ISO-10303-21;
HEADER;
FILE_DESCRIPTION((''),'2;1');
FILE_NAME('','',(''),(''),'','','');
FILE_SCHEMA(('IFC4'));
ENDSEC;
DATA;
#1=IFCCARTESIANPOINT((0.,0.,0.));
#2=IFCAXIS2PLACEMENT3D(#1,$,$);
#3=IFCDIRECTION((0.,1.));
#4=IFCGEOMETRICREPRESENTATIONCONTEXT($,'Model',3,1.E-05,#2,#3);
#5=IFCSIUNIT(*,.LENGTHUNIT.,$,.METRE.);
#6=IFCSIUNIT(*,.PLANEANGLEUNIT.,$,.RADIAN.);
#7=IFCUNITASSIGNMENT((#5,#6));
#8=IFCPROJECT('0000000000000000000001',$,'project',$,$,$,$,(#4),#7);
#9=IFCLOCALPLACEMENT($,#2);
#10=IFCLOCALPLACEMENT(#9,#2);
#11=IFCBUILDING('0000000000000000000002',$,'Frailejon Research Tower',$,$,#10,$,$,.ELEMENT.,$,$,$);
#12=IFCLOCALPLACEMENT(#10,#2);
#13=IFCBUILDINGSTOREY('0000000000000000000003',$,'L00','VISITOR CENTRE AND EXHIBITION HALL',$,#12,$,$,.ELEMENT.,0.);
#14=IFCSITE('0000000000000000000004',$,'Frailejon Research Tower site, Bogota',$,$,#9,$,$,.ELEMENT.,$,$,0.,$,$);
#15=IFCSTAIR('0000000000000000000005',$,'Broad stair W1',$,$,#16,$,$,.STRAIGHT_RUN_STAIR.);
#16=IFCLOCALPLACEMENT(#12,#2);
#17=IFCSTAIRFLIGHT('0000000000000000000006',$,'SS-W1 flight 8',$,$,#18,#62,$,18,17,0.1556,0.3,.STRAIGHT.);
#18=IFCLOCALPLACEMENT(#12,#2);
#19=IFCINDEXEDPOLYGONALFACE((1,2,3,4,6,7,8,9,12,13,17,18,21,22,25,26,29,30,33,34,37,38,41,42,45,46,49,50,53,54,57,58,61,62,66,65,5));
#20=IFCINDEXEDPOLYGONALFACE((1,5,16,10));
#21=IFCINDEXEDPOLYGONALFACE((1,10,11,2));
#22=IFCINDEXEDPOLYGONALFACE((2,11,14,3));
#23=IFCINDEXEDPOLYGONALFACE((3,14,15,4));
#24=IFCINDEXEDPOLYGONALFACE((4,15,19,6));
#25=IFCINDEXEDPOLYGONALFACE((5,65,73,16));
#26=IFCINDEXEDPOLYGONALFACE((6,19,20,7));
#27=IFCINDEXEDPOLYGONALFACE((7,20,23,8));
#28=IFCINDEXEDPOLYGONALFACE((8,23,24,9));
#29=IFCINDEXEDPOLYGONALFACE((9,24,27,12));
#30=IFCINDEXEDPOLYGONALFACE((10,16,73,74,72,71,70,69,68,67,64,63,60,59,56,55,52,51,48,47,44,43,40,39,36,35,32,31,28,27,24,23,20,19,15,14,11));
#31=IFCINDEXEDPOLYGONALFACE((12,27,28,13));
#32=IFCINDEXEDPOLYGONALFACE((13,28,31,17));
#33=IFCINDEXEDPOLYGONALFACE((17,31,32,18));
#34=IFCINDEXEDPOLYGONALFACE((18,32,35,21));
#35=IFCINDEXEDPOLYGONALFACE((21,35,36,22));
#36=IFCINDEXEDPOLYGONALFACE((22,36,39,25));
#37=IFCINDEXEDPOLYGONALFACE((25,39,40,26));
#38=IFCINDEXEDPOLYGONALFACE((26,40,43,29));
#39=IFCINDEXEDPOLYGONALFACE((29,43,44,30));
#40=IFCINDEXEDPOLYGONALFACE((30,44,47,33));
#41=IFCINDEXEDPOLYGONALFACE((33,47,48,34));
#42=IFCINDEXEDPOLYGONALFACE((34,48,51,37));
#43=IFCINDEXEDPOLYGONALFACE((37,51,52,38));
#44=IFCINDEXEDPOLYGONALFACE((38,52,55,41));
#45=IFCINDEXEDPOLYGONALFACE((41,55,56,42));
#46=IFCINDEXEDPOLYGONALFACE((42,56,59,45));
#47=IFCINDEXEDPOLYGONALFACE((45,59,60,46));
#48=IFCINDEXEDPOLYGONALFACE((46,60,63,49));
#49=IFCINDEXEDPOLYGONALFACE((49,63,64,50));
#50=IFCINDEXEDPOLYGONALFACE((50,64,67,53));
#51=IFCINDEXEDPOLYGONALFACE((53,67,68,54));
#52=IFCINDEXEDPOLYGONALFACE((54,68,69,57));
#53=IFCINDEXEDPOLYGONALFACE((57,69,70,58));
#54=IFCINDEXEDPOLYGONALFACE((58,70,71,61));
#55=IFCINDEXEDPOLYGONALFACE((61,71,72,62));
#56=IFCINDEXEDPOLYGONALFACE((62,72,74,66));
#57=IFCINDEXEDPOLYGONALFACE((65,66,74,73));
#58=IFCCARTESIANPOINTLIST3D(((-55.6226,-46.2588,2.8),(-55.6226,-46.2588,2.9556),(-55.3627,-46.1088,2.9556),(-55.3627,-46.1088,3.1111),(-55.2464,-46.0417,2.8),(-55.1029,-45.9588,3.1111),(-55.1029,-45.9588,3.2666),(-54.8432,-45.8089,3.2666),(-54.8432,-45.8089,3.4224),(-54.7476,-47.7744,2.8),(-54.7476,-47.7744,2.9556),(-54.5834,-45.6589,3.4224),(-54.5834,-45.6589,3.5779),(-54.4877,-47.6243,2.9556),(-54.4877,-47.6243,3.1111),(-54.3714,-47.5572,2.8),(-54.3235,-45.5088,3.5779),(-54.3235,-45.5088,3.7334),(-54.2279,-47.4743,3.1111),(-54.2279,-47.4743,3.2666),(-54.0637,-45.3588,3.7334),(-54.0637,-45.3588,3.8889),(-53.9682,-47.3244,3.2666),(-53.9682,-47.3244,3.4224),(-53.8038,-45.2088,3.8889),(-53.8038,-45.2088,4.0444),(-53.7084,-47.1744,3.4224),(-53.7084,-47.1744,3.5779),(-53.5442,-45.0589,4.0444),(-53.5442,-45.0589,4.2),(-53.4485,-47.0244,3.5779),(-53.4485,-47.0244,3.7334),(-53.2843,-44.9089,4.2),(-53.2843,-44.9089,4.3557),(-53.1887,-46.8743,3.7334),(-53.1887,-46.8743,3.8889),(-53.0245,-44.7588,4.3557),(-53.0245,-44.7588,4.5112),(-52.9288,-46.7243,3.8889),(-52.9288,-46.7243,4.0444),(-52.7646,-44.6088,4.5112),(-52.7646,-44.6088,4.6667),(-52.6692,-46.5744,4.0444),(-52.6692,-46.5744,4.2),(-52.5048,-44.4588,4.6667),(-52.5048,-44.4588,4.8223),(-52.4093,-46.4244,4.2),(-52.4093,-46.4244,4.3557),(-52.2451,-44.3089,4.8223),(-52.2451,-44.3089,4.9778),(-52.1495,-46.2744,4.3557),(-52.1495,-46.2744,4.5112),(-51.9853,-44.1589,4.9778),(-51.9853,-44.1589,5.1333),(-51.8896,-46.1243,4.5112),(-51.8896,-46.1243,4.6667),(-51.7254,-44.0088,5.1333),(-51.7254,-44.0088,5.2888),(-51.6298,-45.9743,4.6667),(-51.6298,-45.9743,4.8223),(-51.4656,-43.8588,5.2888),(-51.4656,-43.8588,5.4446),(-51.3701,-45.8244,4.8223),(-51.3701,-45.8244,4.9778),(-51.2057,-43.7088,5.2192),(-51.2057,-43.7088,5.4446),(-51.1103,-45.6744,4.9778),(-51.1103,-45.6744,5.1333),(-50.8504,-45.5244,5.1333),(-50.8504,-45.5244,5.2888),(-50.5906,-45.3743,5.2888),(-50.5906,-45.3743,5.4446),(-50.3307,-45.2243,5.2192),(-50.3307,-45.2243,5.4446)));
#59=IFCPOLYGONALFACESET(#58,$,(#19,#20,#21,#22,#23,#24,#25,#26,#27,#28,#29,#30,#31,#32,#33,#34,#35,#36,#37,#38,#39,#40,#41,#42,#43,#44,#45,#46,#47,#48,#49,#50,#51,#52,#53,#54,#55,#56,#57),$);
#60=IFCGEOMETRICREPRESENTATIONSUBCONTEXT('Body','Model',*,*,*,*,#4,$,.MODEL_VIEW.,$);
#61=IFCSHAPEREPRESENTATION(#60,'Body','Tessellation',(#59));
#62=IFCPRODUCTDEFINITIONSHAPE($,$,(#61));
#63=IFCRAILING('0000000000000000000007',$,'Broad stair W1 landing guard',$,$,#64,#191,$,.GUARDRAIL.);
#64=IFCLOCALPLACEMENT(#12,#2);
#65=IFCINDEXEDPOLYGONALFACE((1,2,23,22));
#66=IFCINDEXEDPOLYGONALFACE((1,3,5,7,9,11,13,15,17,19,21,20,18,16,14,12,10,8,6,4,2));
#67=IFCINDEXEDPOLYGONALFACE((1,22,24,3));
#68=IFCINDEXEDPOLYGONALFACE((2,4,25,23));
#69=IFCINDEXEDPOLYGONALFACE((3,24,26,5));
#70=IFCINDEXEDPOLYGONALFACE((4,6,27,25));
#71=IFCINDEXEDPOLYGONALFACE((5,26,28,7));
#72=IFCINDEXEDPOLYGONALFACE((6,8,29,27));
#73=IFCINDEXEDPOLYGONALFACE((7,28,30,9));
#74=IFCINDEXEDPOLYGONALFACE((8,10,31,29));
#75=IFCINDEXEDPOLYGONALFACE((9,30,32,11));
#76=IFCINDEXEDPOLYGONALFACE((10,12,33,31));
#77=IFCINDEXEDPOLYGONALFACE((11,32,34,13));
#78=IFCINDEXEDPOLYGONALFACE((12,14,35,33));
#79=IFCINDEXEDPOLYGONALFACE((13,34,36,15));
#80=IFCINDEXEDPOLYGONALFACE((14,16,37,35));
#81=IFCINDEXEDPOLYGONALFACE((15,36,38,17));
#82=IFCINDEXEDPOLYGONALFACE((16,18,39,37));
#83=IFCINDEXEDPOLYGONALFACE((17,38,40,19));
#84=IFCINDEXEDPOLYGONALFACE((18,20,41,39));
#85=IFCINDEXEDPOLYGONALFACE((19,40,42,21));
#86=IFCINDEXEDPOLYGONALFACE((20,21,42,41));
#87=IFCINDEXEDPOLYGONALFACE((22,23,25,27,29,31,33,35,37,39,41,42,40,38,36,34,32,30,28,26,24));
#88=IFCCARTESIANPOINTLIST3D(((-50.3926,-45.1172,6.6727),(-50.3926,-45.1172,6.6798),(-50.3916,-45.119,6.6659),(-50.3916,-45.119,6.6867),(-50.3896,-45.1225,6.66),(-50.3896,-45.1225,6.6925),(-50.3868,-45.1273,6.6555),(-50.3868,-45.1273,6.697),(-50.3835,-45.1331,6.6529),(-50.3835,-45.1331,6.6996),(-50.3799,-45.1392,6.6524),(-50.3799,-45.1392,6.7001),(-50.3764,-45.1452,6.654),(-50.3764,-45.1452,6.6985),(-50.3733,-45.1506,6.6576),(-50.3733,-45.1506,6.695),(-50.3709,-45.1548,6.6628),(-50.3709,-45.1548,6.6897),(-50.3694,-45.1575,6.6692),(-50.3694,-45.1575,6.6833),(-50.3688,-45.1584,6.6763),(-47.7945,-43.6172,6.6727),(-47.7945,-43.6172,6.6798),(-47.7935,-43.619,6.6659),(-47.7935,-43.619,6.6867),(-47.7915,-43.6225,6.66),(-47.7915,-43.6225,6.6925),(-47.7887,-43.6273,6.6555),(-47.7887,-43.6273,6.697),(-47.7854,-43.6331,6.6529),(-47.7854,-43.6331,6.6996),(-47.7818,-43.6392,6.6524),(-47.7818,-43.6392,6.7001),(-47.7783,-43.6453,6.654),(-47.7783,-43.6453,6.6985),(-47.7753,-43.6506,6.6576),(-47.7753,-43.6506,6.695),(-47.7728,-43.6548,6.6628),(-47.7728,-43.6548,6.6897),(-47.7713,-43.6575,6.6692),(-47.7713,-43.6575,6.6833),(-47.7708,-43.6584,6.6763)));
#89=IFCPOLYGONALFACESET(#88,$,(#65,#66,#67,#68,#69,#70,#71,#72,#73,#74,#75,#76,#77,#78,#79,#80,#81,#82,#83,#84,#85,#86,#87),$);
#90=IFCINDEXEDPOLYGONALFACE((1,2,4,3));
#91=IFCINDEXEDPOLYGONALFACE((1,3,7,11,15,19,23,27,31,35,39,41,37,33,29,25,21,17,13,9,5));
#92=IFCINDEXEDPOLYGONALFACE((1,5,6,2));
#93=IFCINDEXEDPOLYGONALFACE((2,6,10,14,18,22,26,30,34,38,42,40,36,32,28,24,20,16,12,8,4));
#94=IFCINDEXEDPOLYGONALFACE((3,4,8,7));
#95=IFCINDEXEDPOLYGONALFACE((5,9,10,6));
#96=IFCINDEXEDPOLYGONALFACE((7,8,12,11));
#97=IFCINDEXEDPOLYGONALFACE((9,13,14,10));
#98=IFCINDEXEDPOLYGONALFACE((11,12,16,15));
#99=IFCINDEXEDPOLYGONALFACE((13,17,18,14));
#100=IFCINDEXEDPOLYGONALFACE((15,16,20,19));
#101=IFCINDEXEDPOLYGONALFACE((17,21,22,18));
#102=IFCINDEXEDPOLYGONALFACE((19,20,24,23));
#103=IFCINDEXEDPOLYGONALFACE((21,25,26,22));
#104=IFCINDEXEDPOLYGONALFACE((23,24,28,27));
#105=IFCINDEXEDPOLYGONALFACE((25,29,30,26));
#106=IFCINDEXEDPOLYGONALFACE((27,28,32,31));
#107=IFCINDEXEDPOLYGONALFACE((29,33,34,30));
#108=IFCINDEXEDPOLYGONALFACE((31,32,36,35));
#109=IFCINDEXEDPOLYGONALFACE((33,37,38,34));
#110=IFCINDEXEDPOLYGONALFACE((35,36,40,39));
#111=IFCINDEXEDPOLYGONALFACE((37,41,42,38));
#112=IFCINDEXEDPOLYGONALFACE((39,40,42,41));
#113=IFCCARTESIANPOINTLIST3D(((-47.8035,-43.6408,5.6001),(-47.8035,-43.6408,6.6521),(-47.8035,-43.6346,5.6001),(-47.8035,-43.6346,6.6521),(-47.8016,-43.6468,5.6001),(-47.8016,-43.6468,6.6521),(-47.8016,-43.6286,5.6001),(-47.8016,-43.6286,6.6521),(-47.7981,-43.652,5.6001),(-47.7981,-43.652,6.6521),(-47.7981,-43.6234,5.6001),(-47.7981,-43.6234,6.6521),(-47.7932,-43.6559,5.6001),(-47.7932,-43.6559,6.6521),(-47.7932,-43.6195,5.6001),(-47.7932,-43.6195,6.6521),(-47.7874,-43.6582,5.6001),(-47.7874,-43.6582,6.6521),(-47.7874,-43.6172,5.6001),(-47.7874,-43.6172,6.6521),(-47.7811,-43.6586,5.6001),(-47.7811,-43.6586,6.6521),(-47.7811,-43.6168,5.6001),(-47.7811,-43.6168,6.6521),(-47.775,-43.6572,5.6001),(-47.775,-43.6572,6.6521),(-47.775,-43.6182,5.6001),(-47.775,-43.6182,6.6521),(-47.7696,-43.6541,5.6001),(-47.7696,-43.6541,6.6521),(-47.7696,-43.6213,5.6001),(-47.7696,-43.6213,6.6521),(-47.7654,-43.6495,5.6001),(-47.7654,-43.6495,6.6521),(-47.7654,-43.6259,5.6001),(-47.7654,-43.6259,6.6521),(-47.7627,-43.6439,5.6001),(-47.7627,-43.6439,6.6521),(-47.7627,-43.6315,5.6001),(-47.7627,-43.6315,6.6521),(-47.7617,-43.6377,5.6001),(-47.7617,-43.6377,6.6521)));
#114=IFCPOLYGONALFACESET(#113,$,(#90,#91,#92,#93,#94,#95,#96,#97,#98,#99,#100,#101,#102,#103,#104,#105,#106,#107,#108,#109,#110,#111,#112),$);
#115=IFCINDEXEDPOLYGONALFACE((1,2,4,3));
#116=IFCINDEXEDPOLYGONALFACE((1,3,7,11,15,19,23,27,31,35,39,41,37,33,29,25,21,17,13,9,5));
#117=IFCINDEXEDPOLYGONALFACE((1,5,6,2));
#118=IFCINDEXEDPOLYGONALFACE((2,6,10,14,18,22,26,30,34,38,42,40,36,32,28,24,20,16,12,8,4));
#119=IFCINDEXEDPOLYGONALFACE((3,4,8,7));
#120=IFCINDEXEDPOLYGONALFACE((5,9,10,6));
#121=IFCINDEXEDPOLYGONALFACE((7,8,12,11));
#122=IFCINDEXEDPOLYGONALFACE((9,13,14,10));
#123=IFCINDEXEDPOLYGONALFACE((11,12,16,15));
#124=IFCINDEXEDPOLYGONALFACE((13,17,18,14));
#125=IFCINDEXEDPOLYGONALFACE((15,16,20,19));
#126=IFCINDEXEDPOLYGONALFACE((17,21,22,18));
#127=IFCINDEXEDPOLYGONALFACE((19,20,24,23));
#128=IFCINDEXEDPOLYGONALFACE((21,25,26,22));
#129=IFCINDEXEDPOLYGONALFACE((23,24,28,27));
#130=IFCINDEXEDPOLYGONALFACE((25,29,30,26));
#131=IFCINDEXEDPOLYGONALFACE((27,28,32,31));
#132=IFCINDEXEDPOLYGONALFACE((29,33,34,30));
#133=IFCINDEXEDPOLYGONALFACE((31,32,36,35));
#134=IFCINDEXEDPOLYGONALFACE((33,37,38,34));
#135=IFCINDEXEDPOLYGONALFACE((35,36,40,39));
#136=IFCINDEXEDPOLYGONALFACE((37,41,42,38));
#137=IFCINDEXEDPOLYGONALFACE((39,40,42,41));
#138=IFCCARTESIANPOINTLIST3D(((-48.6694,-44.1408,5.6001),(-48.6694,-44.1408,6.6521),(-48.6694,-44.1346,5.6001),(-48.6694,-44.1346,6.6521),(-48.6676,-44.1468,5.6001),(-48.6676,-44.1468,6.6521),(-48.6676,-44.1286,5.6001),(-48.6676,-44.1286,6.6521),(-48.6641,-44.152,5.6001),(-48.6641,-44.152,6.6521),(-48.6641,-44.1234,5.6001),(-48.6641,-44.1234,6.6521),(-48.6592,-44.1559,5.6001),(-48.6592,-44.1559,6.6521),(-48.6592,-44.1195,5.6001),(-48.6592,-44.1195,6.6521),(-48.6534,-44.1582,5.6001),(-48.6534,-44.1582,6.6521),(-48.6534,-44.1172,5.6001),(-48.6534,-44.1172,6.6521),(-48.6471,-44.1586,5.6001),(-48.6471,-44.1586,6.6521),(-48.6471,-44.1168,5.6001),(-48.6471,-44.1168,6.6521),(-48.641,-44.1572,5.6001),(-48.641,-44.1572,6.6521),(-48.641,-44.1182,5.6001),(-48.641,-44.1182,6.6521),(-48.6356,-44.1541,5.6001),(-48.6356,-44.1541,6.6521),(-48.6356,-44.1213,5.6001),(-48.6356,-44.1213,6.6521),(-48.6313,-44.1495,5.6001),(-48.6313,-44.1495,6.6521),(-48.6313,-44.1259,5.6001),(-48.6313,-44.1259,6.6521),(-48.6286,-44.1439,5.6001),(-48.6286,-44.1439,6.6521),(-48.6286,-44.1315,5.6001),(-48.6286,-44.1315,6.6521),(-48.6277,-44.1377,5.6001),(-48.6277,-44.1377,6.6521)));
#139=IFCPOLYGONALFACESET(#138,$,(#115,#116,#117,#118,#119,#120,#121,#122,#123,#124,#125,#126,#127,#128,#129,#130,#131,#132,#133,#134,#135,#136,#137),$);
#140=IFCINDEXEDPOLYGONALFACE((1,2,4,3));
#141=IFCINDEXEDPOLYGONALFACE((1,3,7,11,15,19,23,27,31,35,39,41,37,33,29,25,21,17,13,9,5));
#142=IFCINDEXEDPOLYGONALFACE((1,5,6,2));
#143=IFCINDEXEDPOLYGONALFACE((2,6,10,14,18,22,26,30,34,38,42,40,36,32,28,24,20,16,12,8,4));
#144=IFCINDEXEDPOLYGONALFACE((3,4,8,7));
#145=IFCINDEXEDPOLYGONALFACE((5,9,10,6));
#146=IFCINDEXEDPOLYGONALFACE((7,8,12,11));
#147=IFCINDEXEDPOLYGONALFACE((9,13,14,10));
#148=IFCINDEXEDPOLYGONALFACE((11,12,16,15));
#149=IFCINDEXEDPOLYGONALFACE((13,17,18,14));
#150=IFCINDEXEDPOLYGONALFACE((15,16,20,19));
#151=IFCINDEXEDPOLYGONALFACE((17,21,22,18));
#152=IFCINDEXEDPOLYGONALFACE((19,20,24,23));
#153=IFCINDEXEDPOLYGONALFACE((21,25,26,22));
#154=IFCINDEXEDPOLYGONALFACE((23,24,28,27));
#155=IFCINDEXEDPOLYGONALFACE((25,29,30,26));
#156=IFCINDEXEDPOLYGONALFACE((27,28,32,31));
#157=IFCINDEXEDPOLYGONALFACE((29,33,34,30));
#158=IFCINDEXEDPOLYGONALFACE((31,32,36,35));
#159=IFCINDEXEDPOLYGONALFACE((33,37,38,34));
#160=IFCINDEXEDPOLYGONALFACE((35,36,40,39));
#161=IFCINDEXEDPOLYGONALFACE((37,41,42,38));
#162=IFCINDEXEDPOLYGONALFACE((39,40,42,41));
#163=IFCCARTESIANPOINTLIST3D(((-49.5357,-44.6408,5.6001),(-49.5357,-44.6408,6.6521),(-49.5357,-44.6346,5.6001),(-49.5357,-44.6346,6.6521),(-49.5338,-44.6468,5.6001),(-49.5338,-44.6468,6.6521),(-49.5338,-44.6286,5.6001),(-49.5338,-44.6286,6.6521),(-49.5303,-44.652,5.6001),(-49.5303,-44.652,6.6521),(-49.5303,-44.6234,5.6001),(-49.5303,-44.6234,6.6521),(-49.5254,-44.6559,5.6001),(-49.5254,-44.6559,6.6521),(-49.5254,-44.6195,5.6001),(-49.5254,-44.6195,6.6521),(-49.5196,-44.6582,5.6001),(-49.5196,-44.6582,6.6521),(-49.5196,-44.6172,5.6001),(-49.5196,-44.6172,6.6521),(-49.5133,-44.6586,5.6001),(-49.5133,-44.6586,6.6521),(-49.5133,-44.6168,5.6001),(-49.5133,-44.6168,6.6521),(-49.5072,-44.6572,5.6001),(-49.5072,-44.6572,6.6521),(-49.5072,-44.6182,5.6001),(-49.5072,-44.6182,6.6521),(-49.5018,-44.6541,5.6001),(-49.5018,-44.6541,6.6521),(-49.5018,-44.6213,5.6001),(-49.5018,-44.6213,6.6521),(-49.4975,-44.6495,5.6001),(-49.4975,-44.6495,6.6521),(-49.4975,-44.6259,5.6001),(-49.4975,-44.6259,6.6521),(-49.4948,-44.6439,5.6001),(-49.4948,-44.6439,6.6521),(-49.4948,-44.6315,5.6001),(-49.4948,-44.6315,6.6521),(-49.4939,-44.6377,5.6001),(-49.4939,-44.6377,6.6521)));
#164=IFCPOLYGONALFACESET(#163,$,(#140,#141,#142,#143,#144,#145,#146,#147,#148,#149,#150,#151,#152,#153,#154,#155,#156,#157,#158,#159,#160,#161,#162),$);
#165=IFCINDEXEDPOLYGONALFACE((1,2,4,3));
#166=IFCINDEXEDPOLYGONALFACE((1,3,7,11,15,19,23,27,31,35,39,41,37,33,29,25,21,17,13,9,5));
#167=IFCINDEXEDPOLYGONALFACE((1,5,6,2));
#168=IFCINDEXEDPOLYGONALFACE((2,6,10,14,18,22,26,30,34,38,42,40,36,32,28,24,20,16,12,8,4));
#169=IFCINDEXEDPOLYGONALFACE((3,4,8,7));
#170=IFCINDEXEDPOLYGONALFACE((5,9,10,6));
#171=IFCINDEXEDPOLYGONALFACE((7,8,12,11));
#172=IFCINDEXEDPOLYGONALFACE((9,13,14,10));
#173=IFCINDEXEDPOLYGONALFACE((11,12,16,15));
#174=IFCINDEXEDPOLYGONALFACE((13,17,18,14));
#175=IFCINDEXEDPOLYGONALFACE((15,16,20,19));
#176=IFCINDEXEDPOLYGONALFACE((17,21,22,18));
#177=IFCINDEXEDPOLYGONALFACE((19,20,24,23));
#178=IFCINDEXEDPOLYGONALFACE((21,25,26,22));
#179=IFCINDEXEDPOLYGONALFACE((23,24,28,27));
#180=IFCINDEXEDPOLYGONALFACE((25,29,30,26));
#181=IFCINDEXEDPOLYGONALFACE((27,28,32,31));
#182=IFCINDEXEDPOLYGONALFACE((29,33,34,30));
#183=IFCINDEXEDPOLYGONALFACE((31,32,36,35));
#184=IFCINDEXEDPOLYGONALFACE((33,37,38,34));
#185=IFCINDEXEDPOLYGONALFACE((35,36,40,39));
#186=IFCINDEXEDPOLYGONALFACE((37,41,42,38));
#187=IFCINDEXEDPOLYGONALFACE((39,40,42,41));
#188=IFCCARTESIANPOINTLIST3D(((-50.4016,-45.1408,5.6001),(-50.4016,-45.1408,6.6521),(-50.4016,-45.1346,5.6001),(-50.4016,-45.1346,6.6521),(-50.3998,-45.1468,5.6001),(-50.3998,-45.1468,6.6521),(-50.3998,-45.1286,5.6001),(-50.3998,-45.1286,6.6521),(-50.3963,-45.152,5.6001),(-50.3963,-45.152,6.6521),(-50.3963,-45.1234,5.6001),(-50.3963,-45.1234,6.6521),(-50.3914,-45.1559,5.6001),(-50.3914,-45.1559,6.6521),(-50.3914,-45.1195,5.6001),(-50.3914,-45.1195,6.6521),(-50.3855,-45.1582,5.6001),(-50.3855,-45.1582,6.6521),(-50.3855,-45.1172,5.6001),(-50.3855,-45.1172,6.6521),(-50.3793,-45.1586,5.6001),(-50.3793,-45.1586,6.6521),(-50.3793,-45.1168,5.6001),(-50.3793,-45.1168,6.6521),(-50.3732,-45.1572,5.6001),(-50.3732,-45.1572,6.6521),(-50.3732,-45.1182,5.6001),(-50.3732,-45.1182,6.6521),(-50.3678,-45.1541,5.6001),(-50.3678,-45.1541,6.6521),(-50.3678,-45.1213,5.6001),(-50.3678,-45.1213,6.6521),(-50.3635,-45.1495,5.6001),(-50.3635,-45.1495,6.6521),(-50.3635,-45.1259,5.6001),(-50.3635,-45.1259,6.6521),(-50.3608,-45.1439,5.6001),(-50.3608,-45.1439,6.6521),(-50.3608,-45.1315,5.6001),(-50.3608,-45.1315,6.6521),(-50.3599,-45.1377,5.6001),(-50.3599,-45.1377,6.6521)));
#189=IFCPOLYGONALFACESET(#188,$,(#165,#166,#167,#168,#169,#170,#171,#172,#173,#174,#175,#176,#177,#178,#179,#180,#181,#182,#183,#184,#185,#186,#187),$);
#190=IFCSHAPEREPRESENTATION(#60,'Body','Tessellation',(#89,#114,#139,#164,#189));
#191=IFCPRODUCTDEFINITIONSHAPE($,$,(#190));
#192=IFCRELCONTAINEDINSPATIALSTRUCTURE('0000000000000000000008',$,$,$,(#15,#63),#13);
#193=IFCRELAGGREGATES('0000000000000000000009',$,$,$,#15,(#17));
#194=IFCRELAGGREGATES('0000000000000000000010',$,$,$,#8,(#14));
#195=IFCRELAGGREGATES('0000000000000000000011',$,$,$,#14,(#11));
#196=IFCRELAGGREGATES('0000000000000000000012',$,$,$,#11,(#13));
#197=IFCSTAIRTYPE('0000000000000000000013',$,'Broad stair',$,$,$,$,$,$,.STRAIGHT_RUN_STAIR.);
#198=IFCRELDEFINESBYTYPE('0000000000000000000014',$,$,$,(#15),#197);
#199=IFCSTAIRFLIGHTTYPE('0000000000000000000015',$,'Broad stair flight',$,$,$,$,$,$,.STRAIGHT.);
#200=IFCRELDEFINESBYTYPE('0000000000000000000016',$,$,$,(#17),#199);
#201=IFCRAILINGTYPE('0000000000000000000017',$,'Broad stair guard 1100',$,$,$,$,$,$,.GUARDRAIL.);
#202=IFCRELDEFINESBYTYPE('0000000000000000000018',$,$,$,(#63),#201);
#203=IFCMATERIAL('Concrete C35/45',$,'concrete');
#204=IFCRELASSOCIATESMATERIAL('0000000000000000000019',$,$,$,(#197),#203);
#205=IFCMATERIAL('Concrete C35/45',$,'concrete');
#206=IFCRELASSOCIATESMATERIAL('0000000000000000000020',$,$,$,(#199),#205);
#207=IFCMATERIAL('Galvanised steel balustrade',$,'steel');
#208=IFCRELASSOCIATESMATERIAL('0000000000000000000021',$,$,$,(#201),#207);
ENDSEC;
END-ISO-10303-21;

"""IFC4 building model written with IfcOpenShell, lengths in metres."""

from ifc_helpers import new_model, si_unit, direction, frame, origin, origin_2d, place, context, subcontext, project, spatial, polyline, circle, outline, extrude, material, type_object, element, aggregate, save


model = new_model("IFC4")

# Units and contexts
model_context = context("Model", 3, precision=1e-05, world=origin(), true_north=direction((0.0, 1.0)))
body_context = subcontext(model_context, "Body", "Model", "MODEL_VIEW")
ifc_project = project(units=[si_unit("LENGTHUNIT", "METRE"), si_unit("PLANEANGLEUNIT", "RADIAN")], contexts=[model_context])

# Site, building, storey
site_placement = place(None, origin())
site = spatial("IfcSite", under=ifc_project, at=site_placement, Name="Frailejon Research Tower site, Bogota", CompositionType="ELEMENT", RefElevation=0.0)
building_placement = place(site_placement, origin())
building = spatial("IfcBuilding", under=site, at=building_placement, Name="Frailejon Research Tower", CompositionType="ELEMENT")
storey_placement = place(building_placement, origin())
storey = spatial("IfcBuildingStorey", under=building, at=storey_placement, Name="L00", Description="VISITOR CENTRE AND EXHIBITION HALL", CompositionType="ELEMENT", Elevation=0.0)

# Stair, stair flight
ifc_material_1 = material(Name="Concrete C35/45", Category="concrete")
stair_type = type_object("IfcStairType", Name="Broad stair", PredefinedType="STRAIGHT_RUN_STAIR", material=ifc_material_1)
stair_placement = place(storey_placement, origin())
stair = element("IfcStair", 1, at=stair_placement, inside=storey, type_object=stair_type, Name="Broad stair W1", PredefinedType="STRAIGHT_RUN_STAIR")
ifc_material_2 = material(Name="Concrete C35/45", Category="concrete")
stair_flight_type = type_object("IfcStairFlightType", Name="Broad stair flight", PredefinedType="STRAIGHT", material=ifc_material_2)
stair_flight_1_placement = place(storey_placement, frame((-55.1851, -47.0166, 2.8), z_axis=(0.0, 0.0, 1.0), x_axis=(0.866025, 0.5, 0.0)))
stair_flight_1 = element("IfcStairFlight", 2, at=stair_flight_1_placement, type_object=stair_flight_type, Name="SS-W1 flight 8", NumberOfRisers=18, NumberOfTreads=17, PredefinedType="STRAIGHT", RiserHeight=0.1556, TreadLength=0.3, context=body_context, shape_type="SweptSolid", body=[
    extrude(outline(polyline([(0.0, 0.0), (0.0, 0.1555), (0.3, 0.1555), (0.3, 0.311), (0.6001, 0.311), (0.6001, 0.4666), (0.8999, 0.4666), (0.8999, 0.6223), (1.2, 0.6223), (1.2, 0.7778), (1.5, 0.7778), (1.5, 0.9333), (1.8, 0.9333), (1.8, 1.0889), (2.1001, 1.0889), (2.1001, 1.2444), (2.3999, 1.2444), (2.3999, 1.3999), (2.7, 1.3999), (2.7, 1.5557), (3.0, 1.5557), (3.0, 1.7112), (3.3, 1.7112), (3.3, 1.8667), (3.6001, 1.8667), (3.6001, 2.0222), (3.8999, 2.0222), (3.8999, 2.1777), (4.2, 2.1777), (4.2, 2.3333), (4.5, 2.3333), (4.5, 2.4888), (4.8, 2.4888), (4.8, 2.6445), (5.1001, 2.6445), (5.1001, 2.8), (5.1001, 2.4192), (0.4343, 0.0), (0.0, 0.0)])), frame((0.0, 0.875, 0.0), z_axis=(0.0, -1.0, 0.0), x_axis=(1.0, 0.0, 0.0)), (0.0, 0.0, 1.0), 1.75),
])
aggregate(stair, [stair_flight_1])

# Railing
ifc_material_3 = material(Name="Galvanised steel balustrade", Category="steel")
railing_type_1 = type_object("IfcRailingType", Name="Broad stair guard 1100", PredefinedType="GUARDRAIL", material=ifc_material_3)
railing_1_placement = place(storey_placement, frame((-47.7827, -43.6377, 5.6001)))
element("IfcRailing", 3, at=railing_1_placement, inside=storey, type_object=railing_type_1, Name="Broad stair W1 landing guard", PredefinedType="GUARDRAIL", context=body_context, shape_type="SweptSolid", body=[
    extrude(circle(Radius=0.0239, at=origin_2d()), frame((0.0, 0.0, 1.0762), z_axis=(-0.866031, -0.49999, 0.0), x_axis=(0.49999, -0.866031, 0.0)), (0.0, 0.0, 1.0), 3.0),
    extrude(circle(Radius=0.021, at=origin_2d()), origin(), (0.0, 0.0, 1.0), 1.052),
    extrude(circle(Radius=0.021, at=origin_2d()), frame((-0.866, -0.5, 0.0)), (0.0, 0.0, 1.0), 1.052),
    extrude(circle(Radius=0.021, at=origin_2d()), frame((-1.7322, -1.0, 0.0)), (0.0, 0.0, 1.0), 1.052),
    extrude(circle(Radius=0.021, at=origin_2d()), frame((-2.5981, -1.5, 0.0)), (0.0, 0.0, 1.0), 1.052),
])

save(model, "model.ifc")
